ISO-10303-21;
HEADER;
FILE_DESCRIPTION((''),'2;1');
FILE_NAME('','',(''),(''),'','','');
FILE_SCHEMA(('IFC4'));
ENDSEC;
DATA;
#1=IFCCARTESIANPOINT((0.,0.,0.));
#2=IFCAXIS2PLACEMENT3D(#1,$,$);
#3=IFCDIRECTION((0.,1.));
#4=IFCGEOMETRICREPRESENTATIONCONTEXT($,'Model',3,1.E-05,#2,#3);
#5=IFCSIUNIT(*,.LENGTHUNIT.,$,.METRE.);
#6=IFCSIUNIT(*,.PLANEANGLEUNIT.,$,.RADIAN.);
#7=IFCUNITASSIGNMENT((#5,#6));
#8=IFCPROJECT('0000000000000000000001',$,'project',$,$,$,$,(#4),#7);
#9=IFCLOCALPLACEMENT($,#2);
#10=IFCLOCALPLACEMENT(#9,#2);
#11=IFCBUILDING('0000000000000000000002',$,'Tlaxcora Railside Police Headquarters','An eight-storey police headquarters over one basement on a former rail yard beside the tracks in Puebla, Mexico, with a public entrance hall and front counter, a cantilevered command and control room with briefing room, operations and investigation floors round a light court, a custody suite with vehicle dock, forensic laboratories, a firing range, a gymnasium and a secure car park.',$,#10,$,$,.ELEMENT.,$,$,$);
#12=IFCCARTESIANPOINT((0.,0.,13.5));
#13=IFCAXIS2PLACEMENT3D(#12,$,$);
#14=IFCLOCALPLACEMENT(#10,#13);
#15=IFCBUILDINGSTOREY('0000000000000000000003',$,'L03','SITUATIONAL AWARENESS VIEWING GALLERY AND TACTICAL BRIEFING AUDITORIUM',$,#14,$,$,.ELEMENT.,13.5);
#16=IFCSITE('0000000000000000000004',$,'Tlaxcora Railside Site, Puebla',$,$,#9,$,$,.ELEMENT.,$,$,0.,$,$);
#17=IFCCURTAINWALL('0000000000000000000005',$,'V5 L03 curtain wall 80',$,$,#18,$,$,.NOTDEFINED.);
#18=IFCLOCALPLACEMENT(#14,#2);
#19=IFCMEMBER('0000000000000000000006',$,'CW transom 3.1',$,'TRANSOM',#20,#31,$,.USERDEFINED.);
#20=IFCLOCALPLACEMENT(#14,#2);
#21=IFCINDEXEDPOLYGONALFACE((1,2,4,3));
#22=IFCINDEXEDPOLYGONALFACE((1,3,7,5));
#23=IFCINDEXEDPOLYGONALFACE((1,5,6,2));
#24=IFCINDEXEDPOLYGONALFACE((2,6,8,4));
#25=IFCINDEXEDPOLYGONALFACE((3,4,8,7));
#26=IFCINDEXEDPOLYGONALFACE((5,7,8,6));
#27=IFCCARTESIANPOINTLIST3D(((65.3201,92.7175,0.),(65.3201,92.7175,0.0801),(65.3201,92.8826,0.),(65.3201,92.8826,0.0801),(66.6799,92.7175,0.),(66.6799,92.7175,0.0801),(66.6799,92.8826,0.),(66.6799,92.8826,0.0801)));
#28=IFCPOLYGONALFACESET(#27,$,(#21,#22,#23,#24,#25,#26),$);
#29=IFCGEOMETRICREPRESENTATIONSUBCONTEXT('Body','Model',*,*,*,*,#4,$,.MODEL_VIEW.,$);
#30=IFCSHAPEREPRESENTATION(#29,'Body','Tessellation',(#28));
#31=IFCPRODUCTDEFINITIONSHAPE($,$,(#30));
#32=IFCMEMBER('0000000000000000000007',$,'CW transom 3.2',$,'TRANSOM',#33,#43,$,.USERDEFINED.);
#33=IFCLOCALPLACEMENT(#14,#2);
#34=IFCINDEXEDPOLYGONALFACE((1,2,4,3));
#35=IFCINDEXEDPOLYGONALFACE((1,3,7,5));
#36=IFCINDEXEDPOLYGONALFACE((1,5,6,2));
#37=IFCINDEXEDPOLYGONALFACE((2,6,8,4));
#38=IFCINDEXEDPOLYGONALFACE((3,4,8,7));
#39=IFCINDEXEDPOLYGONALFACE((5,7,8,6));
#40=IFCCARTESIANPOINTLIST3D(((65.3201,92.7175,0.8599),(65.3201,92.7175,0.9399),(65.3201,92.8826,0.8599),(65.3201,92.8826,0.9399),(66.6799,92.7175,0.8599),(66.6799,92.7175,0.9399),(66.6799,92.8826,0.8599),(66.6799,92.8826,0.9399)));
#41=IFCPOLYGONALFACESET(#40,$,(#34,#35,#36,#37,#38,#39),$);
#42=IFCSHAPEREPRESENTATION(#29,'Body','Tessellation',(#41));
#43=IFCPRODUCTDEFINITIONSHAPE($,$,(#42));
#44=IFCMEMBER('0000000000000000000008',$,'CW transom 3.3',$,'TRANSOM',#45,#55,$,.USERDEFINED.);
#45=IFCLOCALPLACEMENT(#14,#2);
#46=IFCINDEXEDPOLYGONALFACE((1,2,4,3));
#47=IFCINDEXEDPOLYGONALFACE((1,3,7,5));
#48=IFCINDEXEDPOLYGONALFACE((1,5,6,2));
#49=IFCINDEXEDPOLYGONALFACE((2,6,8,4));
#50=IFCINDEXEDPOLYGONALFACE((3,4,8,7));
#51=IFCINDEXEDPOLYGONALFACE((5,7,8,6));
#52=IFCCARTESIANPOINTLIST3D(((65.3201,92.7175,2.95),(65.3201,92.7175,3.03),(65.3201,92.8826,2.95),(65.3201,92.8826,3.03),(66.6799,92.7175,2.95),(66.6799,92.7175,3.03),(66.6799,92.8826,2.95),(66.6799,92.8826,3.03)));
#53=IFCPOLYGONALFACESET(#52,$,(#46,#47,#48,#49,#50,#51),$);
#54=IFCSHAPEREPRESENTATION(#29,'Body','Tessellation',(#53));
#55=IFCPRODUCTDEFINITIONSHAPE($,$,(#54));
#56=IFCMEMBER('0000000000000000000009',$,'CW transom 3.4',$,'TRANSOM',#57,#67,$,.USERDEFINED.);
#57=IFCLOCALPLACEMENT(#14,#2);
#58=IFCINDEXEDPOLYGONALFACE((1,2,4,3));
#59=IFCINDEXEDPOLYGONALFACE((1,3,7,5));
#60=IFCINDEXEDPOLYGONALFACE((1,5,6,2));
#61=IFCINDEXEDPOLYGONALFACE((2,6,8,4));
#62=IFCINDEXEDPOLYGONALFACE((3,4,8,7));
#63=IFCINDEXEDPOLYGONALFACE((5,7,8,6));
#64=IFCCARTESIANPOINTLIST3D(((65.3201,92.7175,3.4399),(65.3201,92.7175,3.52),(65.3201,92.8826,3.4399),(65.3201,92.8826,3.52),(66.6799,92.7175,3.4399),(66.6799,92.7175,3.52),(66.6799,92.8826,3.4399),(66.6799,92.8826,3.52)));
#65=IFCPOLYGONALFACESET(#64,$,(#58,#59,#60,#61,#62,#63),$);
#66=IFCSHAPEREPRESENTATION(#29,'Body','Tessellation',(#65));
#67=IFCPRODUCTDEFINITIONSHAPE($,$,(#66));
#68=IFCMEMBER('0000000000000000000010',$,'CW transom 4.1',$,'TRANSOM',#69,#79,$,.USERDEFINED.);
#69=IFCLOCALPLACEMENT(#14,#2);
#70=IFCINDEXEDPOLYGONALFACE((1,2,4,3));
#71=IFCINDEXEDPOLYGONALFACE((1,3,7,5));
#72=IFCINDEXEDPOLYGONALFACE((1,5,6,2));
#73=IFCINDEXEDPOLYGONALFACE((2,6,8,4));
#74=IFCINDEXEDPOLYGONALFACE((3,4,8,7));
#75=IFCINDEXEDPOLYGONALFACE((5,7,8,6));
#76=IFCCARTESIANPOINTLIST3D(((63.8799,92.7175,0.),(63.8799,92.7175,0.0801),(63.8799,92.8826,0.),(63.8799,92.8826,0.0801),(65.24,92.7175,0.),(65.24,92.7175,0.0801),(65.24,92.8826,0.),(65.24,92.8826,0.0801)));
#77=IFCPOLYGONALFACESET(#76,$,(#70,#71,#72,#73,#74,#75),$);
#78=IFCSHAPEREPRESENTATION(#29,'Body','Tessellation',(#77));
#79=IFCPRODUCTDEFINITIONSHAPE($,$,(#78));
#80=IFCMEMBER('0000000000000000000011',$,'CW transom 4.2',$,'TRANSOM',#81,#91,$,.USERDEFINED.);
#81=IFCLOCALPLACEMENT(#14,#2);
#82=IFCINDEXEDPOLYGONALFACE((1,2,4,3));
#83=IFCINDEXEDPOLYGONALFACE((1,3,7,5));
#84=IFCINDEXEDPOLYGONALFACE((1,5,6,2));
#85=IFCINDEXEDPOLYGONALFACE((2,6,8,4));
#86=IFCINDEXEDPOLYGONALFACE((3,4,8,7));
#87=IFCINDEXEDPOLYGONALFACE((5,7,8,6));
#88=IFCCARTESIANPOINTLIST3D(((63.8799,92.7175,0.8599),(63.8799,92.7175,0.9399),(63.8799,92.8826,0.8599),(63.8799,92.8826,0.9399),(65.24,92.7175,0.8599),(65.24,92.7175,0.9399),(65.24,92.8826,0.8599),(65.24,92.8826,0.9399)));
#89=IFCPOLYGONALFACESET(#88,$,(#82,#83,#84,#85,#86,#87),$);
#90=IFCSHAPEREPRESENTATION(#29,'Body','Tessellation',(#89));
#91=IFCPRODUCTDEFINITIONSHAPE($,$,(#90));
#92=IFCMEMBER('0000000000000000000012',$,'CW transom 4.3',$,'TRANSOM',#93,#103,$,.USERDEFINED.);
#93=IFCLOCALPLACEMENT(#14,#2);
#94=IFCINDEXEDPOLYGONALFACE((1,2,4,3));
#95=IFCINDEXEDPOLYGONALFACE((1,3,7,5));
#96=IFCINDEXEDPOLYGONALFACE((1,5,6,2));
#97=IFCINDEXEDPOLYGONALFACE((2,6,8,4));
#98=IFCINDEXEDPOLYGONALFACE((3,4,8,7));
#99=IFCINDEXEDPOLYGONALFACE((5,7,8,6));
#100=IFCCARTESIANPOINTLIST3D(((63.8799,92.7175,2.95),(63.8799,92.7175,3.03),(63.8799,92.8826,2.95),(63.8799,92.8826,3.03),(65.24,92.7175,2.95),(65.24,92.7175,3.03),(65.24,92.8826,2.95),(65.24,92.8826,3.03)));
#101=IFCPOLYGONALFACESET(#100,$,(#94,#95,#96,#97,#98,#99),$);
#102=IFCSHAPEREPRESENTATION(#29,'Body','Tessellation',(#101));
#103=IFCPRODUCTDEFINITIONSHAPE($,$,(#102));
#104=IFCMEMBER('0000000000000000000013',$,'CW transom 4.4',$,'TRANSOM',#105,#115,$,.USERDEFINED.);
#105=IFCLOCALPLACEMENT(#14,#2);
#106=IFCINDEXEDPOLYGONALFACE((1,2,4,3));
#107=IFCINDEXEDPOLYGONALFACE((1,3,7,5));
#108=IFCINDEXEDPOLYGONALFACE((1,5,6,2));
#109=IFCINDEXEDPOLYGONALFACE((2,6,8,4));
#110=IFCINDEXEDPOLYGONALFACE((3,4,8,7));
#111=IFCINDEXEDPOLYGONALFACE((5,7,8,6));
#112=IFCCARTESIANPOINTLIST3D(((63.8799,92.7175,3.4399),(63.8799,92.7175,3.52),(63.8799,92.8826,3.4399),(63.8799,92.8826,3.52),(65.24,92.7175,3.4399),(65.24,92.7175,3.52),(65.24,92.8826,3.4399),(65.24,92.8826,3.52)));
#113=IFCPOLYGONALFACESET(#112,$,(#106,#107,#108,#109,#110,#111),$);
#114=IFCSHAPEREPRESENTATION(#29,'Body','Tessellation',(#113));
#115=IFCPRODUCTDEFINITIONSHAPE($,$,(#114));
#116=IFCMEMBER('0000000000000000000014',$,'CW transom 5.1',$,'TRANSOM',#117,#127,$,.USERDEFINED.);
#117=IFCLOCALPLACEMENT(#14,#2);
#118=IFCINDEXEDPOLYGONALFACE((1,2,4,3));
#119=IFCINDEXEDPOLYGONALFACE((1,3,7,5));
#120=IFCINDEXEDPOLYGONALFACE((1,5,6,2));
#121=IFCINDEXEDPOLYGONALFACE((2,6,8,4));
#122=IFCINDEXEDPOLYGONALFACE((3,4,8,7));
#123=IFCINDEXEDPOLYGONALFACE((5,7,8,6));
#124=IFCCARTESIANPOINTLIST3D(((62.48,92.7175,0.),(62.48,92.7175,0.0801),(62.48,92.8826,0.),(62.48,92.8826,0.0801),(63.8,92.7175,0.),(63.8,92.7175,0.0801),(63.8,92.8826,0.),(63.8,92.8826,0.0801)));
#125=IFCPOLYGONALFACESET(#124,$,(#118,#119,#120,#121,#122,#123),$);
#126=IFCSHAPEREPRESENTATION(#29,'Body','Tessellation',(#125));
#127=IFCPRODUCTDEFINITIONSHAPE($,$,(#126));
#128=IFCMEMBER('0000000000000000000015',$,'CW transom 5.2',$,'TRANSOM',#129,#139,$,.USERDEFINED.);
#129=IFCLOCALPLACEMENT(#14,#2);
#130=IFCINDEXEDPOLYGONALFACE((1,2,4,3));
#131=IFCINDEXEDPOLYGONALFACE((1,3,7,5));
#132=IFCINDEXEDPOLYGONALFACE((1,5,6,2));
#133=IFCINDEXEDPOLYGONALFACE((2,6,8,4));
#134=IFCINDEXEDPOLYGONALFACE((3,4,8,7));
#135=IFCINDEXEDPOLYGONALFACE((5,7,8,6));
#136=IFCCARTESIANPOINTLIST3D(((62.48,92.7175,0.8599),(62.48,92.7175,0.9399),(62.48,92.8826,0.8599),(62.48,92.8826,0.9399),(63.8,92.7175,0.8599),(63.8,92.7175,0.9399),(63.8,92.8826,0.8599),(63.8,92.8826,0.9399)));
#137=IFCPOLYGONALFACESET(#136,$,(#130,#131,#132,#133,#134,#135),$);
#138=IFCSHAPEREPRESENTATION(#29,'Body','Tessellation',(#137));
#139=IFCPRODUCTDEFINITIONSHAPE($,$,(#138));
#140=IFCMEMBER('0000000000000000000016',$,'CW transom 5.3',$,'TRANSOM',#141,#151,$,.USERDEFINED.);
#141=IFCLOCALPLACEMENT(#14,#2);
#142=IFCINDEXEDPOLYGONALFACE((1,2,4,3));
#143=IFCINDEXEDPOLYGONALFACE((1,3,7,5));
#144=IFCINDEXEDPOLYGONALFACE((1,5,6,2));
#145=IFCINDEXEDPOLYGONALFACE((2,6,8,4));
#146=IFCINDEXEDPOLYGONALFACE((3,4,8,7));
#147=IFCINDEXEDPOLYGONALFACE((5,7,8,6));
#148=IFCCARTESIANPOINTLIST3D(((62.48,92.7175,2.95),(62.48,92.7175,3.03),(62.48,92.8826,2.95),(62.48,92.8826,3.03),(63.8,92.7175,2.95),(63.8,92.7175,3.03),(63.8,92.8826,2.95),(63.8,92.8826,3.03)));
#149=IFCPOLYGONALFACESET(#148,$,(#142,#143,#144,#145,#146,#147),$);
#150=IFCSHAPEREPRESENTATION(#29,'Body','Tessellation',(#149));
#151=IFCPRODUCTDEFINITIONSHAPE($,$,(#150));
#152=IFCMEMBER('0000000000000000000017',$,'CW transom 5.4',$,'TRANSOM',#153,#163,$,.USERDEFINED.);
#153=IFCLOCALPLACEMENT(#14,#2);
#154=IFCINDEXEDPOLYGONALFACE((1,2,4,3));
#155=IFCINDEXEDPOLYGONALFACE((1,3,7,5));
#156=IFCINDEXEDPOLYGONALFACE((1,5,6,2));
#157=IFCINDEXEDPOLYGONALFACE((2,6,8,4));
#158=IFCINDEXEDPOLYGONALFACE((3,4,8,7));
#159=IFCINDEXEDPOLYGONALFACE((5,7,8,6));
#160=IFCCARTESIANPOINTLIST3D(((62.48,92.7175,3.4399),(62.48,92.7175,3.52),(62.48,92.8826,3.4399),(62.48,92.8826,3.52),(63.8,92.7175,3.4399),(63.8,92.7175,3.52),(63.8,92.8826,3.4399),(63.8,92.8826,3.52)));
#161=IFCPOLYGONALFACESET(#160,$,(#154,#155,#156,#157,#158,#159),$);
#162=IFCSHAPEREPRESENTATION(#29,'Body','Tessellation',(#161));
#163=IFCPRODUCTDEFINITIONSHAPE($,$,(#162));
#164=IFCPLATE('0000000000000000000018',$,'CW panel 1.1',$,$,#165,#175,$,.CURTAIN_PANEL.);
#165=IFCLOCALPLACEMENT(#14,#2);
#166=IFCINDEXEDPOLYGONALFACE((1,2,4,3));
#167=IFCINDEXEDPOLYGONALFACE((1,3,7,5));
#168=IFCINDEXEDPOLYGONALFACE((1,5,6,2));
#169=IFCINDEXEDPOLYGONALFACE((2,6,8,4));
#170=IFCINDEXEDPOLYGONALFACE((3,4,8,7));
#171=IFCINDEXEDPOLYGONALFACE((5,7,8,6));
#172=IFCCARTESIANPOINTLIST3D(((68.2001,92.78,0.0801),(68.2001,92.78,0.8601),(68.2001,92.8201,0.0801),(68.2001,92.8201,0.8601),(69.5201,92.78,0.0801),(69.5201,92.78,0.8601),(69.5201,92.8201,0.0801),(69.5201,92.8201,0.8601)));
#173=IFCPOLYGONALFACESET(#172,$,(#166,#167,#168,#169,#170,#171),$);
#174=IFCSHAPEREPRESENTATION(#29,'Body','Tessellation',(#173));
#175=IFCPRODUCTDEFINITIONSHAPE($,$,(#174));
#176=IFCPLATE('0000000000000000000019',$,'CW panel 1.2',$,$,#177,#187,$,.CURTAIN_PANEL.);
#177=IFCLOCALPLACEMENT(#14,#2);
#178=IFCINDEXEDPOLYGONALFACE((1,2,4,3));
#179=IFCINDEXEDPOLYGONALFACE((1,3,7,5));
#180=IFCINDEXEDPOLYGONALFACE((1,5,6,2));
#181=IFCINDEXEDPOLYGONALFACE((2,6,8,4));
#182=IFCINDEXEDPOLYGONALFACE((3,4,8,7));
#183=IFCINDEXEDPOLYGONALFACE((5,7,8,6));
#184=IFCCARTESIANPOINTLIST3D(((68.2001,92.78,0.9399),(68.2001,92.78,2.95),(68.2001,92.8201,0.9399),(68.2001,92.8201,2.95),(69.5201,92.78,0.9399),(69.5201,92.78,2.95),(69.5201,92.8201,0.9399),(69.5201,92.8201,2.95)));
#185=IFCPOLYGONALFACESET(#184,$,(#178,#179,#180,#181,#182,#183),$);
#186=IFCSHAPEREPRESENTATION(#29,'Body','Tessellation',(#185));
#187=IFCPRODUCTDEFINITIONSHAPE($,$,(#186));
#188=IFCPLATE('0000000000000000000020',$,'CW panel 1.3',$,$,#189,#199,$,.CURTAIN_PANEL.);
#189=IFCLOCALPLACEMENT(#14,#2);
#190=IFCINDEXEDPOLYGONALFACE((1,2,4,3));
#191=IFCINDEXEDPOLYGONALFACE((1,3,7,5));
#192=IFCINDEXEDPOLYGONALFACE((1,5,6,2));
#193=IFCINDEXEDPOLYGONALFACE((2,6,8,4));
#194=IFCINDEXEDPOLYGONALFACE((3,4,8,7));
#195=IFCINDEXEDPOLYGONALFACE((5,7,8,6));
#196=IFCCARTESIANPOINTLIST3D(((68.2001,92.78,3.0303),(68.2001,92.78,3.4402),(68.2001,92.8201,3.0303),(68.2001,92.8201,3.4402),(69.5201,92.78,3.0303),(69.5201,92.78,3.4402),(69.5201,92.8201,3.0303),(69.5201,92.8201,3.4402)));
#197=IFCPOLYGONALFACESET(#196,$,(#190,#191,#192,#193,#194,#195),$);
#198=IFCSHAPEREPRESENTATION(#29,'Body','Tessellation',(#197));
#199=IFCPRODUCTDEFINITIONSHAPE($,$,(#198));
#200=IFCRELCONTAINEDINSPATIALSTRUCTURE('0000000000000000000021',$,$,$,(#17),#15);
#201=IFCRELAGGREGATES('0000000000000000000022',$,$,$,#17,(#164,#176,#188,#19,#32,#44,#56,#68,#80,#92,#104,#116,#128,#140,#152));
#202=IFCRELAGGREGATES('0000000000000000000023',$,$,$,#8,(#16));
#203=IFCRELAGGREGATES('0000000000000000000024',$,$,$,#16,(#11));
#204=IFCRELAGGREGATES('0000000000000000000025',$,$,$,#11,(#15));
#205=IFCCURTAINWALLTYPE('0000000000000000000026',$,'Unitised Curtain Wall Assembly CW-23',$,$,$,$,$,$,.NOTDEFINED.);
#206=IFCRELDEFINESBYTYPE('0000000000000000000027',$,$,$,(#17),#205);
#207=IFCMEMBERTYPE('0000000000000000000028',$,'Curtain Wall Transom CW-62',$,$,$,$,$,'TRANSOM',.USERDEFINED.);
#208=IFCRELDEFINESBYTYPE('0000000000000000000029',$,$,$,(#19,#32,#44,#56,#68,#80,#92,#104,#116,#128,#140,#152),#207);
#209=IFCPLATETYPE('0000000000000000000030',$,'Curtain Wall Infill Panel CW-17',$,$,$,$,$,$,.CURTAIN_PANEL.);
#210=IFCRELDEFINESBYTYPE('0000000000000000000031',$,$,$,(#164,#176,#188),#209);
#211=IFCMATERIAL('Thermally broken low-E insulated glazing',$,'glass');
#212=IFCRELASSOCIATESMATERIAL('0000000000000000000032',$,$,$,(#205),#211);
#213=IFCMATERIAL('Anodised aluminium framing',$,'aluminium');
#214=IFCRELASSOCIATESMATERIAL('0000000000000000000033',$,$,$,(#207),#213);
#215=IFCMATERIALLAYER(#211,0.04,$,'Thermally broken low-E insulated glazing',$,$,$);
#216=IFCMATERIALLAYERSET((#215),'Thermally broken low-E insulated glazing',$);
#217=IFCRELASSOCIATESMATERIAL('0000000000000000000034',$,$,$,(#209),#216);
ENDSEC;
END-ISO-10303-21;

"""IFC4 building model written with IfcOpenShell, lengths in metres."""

from ifc_helpers import new_model, si_unit, direction, frame, origin, origin_2d, place, context, subcontext, project, spatial, rectangle, extrude, material, layer, layer_set, material_profile, profile_set, type_object, element, aggregate, save


model = new_model("IFC4")

# Units and contexts
model_context = context("Model", 3, precision=1e-05, world=origin(), true_north=direction((0.0, 1.0)))
body_context = subcontext(model_context, "Body", "Model", "MODEL_VIEW")
ifc_project = project(units=[si_unit("LENGTHUNIT", "METRE"), si_unit("PLANEANGLEUNIT", "RADIAN")], contexts=[model_context])

# Site, building, storey
site_placement = place(None, origin())
site = spatial("IfcSite", under=ifc_project, at=site_placement, Name="Tlaxcora Railside Site, Puebla", CompositionType="ELEMENT", RefElevation=0.0)
building_placement = place(site_placement, origin())
building = spatial("IfcBuilding", under=site, at=building_placement, Name="Tlaxcora Railside Police Headquarters", Description="An eight-storey police headquarters over one basement on a former rail yard beside the tracks in Puebla, Mexico, with a public entrance hall and front counter, a cantilevered command and control room with briefing room, operations and investigation floors round a light court, a custody suite with vehicle dock, forensic laboratories, a firing range, a gymnasium and a secure car park.", CompositionType="ELEMENT")
storey_placement = place(building_placement, frame((0.0, 0.0, 13.5)))
storey = spatial("IfcBuildingStorey", under=building, at=storey_placement, Name="L03", Description="SITUATIONAL AWARENESS VIEWING GALLERY AND TACTICAL BRIEFING AUDITORIUM", CompositionType="ELEMENT", Elevation=13.5)

# Curtain wall, members, plates
ifc_material_1 = material(Name="Thermally broken low-E insulated glazing", Category="glass")
curtain_wall_type = type_object("IfcCurtainWallType", Name="Unitised Curtain Wall Assembly CW-23", PredefinedType="NOTDEFINED", material=ifc_material_1)
curtain_wall_placement = place(storey_placement, origin())
curtain_wall = element("IfcCurtainWall", 1, at=curtain_wall_placement, inside=storey, type_object=curtain_wall_type, Name="V5 L03 curtain wall 80", PredefinedType="NOTDEFINED")
ifc_material_2 = material(Name="Anodised aluminium framing", Category="aluminium")
ifc_material_profile_1 = material_profile(ifc_material_2, rectangle(XDim=0.165, YDim=0.0801, at=origin_2d()), Name="AL80X165")
ifc_profile_set_1 = profile_set([ifc_material_profile_1], Name="Anodised aluminium framing")
member_type_1 = type_object("IfcMemberType", Name="Curtain Wall Transom CW-62", ElementType="TRANSOM", PredefinedType="USERDEFINED", material=ifc_profile_set_1)
member_1_placement = place(storey_placement, frame((66.6799, 92.8, 0.04), z_axis=(-1.0, 0.0, 0.0), x_axis=(0.0, -1.0, 0.0)))
member_1 = element("IfcMember", 2, at=member_1_placement, type_object=member_type_1, Name="CW transom 3.1", ObjectType="TRANSOM", PredefinedType="USERDEFINED", context=body_context, shape_type="SweptSolid", body=[
    extrude(rectangle(XDim=0.165, YDim=0.0801, at=origin_2d()), origin(), (0.0, 0.0, 1.0), 1.3599),
])
member_2_placement = place(storey_placement, frame((66.6799, 92.8, 0.8999), z_axis=(-1.0, 0.0, 0.0), x_axis=(0.0, -1.0, 0.0)))
member_2 = element("IfcMember", 3, at=member_2_placement, type_object=member_type_1, Name="CW transom 3.2", ObjectType="TRANSOM", PredefinedType="USERDEFINED", context=body_context, shape_type="SweptSolid", body=[
    extrude(rectangle(XDim=0.165, YDim=0.0801, at=origin_2d()), origin(), (0.0, 0.0, 1.0), 1.3599),
])
member_3_placement = place(storey_placement, frame((66.6799, 92.8, 2.99), z_axis=(-1.0, 0.0, 0.0), x_axis=(0.0, -1.0, 0.0)))
member_3 = element("IfcMember", 4, at=member_3_placement, type_object=member_type_1, Name="CW transom 3.3", ObjectType="TRANSOM", PredefinedType="USERDEFINED", context=body_context, shape_type="SweptSolid", body=[
    extrude(rectangle(XDim=0.165, YDim=0.0801, at=origin_2d()), origin(), (0.0, 0.0, 1.0), 1.3599),
])
member_4_placement = place(storey_placement, frame((66.6799, 92.8, 3.48), z_axis=(-1.0, 0.0, 0.0), x_axis=(0.0, -1.0, 0.0)))
member_4 = element("IfcMember", 5, at=member_4_placement, type_object=member_type_1, Name="CW transom 3.4", ObjectType="TRANSOM", PredefinedType="USERDEFINED", context=body_context, shape_type="SweptSolid", body=[
    extrude(rectangle(XDim=0.165, YDim=0.0801, at=origin_2d()), origin(), (0.0, 0.0, 1.0), 1.3599),
])
member_5_placement = place(storey_placement, frame((65.24, 92.8, 0.04), z_axis=(-1.0, 0.0, 0.0), x_axis=(0.0, -1.0, 0.0)))
member_5 = element("IfcMember", 6, at=member_5_placement, type_object=member_type_1, Name="CW transom 4.1", ObjectType="TRANSOM", PredefinedType="USERDEFINED", context=body_context, shape_type="SweptSolid", body=[
    extrude(rectangle(XDim=0.165, YDim=0.0801, at=origin_2d()), origin(), (0.0, 0.0, 1.0), 1.3601),
])
member_6_placement = place(storey_placement, frame((65.24, 92.8, 0.8999), z_axis=(-1.0, 0.0, 0.0), x_axis=(0.0, -1.0, 0.0)))
member_6 = element("IfcMember", 7, at=member_6_placement, type_object=member_type_1, Name="CW transom 4.2", ObjectType="TRANSOM", PredefinedType="USERDEFINED", context=body_context, shape_type="SweptSolid", body=[
    extrude(rectangle(XDim=0.165, YDim=0.0801, at=origin_2d()), origin(), (0.0, 0.0, 1.0), 1.3601),
])
member_7_placement = place(storey_placement, frame((65.24, 92.8, 2.99), z_axis=(-1.0, 0.0, 0.0), x_axis=(0.0, -1.0, 0.0)))
member_7 = element("IfcMember", 8, at=member_7_placement, type_object=member_type_1, Name="CW transom 4.3", ObjectType="TRANSOM", PredefinedType="USERDEFINED", context=body_context, shape_type="SweptSolid", body=[
    extrude(rectangle(XDim=0.165, YDim=0.0801, at=origin_2d()), origin(), (0.0, 0.0, 1.0), 1.3601),
])
member_8_placement = place(storey_placement, frame((65.24, 92.8, 3.48), z_axis=(-1.0, 0.0, 0.0), x_axis=(0.0, -1.0, 0.0)))
member_8 = element("IfcMember", 9, at=member_8_placement, type_object=member_type_1, Name="CW transom 4.4", ObjectType="TRANSOM", PredefinedType="USERDEFINED", context=body_context, shape_type="SweptSolid", body=[
    extrude(rectangle(XDim=0.165, YDim=0.0801, at=origin_2d()), origin(), (0.0, 0.0, 1.0), 1.3601),
])
member_9_placement = place(storey_placement, frame((63.8, 92.8, 0.04), z_axis=(-1.0, 0.0, 0.0), x_axis=(0.0, -1.0, 0.0)))
member_9 = element("IfcMember", 10, at=member_9_placement, type_object=member_type_1, Name="CW transom 5.1", ObjectType="TRANSOM", PredefinedType="USERDEFINED", context=body_context, shape_type="SweptSolid", body=[
    extrude(rectangle(XDim=0.165, YDim=0.0801, at=origin_2d()), origin(), (0.0, 0.0, 1.0), 1.3201),
])
member_10_placement = place(storey_placement, frame((63.8, 92.8, 0.8999), z_axis=(-1.0, 0.0, 0.0), x_axis=(0.0, -1.0, 0.0)))
member_10 = element("IfcMember", 11, at=member_10_placement, type_object=member_type_1, Name="CW transom 5.2", ObjectType="TRANSOM", PredefinedType="USERDEFINED", context=body_context, shape_type="SweptSolid", body=[
    extrude(rectangle(XDim=0.165, YDim=0.0801, at=origin_2d()), origin(), (0.0, 0.0, 1.0), 1.3201),
])
member_11_placement = place(storey_placement, frame((63.8, 92.8, 2.99), z_axis=(-1.0, 0.0, 0.0), x_axis=(0.0, -1.0, 0.0)))
member_11 = element("IfcMember", 12, at=member_11_placement, type_object=member_type_1, Name="CW transom 5.3", ObjectType="TRANSOM", PredefinedType="USERDEFINED", context=body_context, shape_type="SweptSolid", body=[
    extrude(rectangle(XDim=0.165, YDim=0.0801, at=origin_2d()), origin(), (0.0, 0.0, 1.0), 1.3201),
])
member_12_placement = place(storey_placement, frame((63.8, 92.8, 3.48), z_axis=(-1.0, 0.0, 0.0), x_axis=(0.0, -1.0, 0.0)))
member_12 = element("IfcMember", 13, at=member_12_placement, type_object=member_type_1, Name="CW transom 5.4", ObjectType="TRANSOM", PredefinedType="USERDEFINED", context=body_context, shape_type="SweptSolid", body=[
    extrude(rectangle(XDim=0.165, YDim=0.0801, at=origin_2d()), origin(), (0.0, 0.0, 1.0), 1.3201),
])
ifc_layer_1 = layer(ifc_material_1, 0.04, Name="Thermally broken low-E insulated glazing")
ifc_layer_set_1 = layer_set([ifc_layer_1], Name="Thermally broken low-E insulated glazing")
plate_type = type_object("IfcPlateType", Name="Curtain Wall Infill Panel CW-17", PredefinedType="CURTAIN_PANEL", material=ifc_layer_set_1)
plate_1_placement = place(storey_placement, frame((68.8601, 92.8, 0.0801), z_axis=(0.0, 0.0, 1.0), x_axis=(-1.0, 0.0, 0.0)))
plate_1 = element("IfcPlate", 14, at=plate_1_placement, type_object=plate_type, Name="CW panel 1.1", PredefinedType="CURTAIN_PANEL", context=body_context, shape_type="SweptSolid", body=[
    extrude(rectangle(XDim=1.3201, YDim=0.04, at=origin_2d()), origin(), (0.0, 0.0, 1.0), 0.78),
])
plate_2_placement = place(storey_placement, frame((68.8601, 92.8, 0.9399), z_axis=(0.0, 0.0, 1.0), x_axis=(-1.0, 0.0, 0.0)))
plate_2 = element("IfcPlate", 15, at=plate_2_placement, type_object=plate_type, Name="CW panel 1.2", PredefinedType="CURTAIN_PANEL", context=body_context, shape_type="SweptSolid", body=[
    extrude(rectangle(XDim=1.3201, YDim=0.04, at=origin_2d()), origin(), (0.0, 0.0, 1.0), 2.01),
])
plate_3_placement = place(storey_placement, frame((68.8601, 92.8, 3.0303), z_axis=(0.0, 0.0, 1.0), x_axis=(-1.0, 0.0, 0.0)))
plate_3 = element("IfcPlate", 16, at=plate_3_placement, type_object=plate_type, Name="CW panel 1.3", PredefinedType="CURTAIN_PANEL", context=body_context, shape_type="SweptSolid", body=[
    extrude(rectangle(XDim=1.3201, YDim=0.04, at=origin_2d()), origin(), (0.0, 0.0, 1.0), 0.4099),
])
aggregate(curtain_wall, [plate_1, plate_2, plate_3, member_1, member_2, member_3, member_4, member_5, member_6, member_7, member_8, member_9, member_10, member_11, member_12])

save(model, "model.ifc")
